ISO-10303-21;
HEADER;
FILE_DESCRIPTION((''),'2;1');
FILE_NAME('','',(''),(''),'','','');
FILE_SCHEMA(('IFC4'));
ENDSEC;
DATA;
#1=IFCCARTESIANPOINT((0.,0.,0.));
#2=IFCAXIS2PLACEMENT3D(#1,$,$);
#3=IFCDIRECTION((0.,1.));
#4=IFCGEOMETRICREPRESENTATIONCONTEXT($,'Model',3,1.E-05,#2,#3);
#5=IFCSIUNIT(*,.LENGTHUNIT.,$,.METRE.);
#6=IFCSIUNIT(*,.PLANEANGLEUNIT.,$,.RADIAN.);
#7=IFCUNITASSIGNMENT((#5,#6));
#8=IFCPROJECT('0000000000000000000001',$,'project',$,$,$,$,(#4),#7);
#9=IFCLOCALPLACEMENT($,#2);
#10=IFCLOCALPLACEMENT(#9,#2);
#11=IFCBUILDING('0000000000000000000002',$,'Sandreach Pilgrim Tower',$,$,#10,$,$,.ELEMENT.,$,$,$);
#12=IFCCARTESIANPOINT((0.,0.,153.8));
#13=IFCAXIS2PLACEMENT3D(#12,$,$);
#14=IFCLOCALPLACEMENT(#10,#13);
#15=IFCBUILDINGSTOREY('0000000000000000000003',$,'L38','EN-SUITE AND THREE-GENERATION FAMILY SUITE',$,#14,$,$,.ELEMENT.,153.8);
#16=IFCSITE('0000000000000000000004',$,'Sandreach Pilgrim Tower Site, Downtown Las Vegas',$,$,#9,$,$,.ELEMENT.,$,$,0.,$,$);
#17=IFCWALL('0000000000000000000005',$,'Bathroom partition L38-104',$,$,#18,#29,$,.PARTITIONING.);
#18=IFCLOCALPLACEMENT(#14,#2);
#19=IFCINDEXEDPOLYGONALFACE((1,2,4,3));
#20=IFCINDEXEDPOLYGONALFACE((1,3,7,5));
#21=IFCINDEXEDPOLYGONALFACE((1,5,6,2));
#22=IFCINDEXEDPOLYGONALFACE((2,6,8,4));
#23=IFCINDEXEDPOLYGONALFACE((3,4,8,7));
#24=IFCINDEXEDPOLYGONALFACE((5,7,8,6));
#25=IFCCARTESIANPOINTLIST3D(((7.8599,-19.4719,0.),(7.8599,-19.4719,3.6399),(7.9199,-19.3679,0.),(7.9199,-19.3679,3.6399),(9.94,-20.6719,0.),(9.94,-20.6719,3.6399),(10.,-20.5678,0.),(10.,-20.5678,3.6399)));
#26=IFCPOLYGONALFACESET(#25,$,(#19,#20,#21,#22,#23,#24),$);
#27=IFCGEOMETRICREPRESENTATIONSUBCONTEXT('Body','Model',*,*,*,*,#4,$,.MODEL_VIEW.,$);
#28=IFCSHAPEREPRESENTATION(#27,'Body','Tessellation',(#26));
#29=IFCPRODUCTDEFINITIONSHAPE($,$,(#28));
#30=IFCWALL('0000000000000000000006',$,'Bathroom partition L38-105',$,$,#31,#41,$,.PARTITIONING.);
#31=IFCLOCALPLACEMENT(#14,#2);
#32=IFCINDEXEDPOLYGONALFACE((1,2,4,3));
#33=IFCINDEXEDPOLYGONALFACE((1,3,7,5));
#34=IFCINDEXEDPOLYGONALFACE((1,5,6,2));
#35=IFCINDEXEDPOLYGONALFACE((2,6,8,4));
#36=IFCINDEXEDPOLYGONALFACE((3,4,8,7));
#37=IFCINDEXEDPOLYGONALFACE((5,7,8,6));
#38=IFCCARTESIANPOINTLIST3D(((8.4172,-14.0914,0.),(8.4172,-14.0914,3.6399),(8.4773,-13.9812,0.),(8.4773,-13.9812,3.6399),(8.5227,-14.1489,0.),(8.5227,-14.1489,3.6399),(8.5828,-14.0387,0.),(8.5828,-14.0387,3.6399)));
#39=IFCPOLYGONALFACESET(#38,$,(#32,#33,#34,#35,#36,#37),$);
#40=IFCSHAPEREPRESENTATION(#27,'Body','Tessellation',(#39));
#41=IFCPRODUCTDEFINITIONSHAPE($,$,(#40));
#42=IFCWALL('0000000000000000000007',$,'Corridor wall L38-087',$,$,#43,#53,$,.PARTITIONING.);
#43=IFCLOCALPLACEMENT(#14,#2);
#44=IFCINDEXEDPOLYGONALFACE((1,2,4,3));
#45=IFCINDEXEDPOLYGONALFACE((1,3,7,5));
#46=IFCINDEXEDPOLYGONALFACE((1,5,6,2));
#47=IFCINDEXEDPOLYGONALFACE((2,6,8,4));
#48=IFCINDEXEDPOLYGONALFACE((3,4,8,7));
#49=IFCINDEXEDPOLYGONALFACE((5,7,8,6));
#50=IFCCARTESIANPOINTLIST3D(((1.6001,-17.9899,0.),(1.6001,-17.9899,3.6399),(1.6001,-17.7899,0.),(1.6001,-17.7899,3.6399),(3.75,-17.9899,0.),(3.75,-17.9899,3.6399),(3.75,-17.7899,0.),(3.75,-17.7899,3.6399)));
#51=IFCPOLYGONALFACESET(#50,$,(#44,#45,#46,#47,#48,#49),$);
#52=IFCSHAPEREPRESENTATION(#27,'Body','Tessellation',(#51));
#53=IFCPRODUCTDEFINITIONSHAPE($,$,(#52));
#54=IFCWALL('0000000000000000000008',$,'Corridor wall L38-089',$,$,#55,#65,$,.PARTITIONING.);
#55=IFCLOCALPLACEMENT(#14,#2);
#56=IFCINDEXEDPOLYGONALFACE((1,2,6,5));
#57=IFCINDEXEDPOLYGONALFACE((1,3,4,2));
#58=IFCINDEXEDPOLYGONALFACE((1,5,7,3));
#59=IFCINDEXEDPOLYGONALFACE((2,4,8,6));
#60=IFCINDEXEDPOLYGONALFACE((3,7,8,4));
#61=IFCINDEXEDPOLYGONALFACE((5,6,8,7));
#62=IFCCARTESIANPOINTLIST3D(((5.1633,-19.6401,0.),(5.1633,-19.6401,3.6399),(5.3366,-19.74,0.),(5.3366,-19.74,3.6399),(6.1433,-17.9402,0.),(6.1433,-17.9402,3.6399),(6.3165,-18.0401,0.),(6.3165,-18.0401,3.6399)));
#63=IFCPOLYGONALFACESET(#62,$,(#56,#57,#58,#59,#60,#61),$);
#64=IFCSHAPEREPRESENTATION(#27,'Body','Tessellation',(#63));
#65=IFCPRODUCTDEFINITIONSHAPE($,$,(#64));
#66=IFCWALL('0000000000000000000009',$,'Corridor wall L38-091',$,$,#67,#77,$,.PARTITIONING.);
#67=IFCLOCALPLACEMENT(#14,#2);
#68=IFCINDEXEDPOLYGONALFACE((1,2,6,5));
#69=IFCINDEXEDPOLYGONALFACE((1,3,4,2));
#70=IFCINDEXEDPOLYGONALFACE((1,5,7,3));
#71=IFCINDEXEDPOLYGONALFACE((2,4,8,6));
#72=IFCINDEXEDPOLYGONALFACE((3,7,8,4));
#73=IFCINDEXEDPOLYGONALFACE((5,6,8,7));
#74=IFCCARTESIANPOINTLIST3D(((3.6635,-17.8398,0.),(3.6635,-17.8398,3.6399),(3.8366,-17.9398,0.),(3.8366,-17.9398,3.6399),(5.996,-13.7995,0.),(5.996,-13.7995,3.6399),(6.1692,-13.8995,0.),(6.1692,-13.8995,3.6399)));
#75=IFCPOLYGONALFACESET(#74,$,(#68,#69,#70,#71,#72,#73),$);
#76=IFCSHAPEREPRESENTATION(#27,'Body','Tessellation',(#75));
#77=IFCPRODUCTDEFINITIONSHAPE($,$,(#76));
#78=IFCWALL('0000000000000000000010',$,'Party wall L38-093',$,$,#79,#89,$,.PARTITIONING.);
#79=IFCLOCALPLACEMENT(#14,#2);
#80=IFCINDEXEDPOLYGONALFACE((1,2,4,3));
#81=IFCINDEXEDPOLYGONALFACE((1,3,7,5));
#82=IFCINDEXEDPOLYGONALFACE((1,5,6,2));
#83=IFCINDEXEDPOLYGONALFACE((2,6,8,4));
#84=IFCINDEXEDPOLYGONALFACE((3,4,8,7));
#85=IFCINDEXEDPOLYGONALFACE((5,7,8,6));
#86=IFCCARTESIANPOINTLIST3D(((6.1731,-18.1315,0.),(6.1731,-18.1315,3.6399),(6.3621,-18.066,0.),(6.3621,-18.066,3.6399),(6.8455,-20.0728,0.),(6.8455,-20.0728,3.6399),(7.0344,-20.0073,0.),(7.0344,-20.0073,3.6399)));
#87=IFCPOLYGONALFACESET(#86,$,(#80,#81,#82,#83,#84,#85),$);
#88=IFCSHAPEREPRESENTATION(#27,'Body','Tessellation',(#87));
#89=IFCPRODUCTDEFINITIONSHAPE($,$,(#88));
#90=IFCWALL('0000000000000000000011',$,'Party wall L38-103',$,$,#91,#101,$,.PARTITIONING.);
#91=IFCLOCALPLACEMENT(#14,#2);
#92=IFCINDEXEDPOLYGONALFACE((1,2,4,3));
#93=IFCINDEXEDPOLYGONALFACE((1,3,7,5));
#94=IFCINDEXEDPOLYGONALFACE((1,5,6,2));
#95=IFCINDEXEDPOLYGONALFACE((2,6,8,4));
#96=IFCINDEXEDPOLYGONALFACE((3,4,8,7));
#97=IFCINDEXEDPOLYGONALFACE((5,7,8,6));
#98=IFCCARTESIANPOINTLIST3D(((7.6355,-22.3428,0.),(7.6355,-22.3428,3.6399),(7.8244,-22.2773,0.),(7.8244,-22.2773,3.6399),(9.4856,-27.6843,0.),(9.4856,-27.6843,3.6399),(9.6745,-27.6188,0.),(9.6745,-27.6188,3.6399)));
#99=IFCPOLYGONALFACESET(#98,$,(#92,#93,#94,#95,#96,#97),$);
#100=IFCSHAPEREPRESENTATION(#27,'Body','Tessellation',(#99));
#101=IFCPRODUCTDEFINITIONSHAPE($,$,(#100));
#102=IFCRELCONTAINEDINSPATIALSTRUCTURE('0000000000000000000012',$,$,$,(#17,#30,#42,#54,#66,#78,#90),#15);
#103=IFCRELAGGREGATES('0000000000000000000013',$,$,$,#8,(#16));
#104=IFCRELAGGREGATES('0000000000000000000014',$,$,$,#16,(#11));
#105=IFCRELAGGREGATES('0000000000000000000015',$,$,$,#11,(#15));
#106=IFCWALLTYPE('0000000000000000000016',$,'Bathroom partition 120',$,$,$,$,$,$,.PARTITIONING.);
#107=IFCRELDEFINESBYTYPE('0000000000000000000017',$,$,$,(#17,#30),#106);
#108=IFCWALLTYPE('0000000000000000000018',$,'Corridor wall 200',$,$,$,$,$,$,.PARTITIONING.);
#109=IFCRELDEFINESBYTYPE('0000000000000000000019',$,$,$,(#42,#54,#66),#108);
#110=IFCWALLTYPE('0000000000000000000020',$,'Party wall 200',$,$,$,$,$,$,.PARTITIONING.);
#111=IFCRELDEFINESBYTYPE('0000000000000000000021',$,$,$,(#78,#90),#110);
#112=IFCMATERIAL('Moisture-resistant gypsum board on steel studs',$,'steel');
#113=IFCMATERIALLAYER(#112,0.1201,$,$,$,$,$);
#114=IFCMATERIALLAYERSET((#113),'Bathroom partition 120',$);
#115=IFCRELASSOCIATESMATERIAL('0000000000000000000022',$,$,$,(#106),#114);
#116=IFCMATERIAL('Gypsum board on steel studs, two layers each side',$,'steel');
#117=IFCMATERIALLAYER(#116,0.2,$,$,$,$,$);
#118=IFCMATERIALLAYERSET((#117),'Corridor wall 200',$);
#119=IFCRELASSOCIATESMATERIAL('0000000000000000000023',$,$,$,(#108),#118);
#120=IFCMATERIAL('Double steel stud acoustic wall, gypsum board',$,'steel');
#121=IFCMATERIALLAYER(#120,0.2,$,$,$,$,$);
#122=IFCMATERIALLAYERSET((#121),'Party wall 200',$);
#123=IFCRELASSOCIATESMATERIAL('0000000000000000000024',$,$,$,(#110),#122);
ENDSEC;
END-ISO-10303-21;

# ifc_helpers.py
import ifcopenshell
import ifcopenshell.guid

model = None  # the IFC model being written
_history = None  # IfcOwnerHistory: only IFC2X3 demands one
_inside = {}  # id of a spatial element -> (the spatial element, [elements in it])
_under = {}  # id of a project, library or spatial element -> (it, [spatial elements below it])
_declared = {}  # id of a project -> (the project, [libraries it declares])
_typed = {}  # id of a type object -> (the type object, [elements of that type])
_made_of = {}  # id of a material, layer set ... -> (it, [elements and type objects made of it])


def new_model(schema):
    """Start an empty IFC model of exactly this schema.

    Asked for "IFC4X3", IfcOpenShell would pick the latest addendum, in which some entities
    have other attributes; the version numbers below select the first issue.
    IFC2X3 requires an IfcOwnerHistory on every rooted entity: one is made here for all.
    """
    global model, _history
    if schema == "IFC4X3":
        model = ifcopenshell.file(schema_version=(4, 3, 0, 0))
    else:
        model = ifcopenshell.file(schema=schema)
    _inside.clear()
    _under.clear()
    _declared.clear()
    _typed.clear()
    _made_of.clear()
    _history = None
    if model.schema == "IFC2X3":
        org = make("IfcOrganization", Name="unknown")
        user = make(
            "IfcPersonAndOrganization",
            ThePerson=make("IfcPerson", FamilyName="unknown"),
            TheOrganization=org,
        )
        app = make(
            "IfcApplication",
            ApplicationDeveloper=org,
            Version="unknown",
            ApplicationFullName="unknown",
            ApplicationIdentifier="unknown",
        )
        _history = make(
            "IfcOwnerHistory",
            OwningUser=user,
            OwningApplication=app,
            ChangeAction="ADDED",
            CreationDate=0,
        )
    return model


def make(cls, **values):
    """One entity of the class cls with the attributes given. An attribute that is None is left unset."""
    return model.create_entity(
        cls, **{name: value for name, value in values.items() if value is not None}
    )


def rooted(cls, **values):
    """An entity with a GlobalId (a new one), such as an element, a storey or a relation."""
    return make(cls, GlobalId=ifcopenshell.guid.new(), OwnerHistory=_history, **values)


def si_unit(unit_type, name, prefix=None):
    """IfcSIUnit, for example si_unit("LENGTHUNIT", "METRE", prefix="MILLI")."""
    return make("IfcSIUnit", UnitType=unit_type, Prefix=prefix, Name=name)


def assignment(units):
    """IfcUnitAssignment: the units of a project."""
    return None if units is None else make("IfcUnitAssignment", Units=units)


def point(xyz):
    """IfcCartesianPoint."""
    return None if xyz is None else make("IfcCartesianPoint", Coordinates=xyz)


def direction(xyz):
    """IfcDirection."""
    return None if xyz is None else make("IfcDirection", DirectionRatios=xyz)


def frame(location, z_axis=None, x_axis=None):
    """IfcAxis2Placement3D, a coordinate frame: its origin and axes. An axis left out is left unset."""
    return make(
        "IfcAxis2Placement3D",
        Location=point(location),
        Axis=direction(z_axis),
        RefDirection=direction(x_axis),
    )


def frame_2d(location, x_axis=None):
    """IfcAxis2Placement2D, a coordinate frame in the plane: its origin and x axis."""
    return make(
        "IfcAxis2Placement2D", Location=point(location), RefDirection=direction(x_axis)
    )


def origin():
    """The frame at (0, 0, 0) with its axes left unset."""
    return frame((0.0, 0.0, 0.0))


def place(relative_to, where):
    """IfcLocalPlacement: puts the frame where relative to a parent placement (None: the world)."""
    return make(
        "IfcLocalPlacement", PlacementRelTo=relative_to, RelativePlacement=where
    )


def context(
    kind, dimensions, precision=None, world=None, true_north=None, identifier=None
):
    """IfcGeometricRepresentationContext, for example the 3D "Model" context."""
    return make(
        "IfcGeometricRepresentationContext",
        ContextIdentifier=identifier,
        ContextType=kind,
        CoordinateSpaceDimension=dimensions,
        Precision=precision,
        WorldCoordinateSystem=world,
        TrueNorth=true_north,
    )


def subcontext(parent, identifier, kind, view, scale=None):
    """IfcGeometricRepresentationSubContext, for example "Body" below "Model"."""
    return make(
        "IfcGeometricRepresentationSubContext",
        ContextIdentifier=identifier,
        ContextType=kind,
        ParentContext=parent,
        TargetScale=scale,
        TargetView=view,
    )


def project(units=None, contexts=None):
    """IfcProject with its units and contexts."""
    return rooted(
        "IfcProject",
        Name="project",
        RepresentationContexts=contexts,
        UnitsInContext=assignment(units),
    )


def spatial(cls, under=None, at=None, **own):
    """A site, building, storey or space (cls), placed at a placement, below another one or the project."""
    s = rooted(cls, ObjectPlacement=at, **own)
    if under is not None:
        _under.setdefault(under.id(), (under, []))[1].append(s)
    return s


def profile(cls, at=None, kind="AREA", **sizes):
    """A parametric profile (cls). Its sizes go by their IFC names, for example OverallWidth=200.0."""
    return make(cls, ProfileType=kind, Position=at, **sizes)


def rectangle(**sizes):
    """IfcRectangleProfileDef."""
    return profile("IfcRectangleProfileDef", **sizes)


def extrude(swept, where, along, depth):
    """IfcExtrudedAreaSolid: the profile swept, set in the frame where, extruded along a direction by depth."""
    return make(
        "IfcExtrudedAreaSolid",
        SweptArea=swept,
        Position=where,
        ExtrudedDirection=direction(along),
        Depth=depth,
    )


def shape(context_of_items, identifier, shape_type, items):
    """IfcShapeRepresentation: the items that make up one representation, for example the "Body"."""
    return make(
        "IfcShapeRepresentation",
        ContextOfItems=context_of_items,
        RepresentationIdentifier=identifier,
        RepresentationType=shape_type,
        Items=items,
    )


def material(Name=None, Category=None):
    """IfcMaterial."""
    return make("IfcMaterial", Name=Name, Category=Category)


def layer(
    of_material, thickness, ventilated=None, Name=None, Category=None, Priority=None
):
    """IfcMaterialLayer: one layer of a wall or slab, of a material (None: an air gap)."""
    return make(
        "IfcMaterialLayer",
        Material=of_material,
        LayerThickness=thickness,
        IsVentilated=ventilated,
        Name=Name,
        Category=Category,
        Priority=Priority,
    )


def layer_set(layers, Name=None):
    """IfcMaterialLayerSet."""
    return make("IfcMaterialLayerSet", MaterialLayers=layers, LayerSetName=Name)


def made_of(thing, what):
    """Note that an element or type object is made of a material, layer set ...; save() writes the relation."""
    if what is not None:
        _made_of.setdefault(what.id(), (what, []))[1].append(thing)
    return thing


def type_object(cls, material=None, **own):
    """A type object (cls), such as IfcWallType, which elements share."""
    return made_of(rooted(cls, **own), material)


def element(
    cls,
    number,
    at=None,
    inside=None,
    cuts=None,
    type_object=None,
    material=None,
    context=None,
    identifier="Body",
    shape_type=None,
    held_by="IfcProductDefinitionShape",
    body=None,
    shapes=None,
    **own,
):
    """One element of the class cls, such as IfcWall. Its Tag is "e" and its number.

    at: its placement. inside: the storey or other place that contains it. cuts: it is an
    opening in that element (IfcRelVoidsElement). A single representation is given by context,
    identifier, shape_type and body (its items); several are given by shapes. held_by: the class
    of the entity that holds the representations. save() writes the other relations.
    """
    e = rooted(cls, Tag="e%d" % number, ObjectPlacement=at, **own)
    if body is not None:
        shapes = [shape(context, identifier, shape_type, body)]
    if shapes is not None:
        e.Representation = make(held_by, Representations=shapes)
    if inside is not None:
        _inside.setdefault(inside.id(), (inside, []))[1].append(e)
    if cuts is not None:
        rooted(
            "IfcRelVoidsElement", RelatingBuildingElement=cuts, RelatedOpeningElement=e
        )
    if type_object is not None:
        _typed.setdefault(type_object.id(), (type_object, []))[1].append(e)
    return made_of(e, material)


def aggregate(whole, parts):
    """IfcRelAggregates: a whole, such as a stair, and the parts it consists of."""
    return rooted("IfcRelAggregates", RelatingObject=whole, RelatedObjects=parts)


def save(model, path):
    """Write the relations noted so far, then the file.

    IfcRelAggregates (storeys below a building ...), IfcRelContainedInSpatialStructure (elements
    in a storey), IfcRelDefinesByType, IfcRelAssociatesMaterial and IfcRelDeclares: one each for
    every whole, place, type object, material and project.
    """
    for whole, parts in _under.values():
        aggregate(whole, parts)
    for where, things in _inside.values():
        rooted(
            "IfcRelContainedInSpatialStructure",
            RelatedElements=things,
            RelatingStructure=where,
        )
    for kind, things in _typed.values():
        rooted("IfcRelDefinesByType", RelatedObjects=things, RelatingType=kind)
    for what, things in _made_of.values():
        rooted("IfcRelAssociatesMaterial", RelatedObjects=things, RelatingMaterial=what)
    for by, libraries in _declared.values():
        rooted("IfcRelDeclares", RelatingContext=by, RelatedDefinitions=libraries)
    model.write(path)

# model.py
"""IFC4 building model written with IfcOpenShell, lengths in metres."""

from ifc_helpers import new_model, si_unit, direction, frame, frame_2d, origin, place, context, subcontext, project, spatial, rectangle, extrude, material, layer, layer_set, type_object, element, save


model = new_model("IFC4")

# Units and contexts
model_context = context("Model", 3, precision=1e-05, world=origin(), true_north=direction((0.0, 1.0)))
body_context = subcontext(model_context, "Body", "Model", "MODEL_VIEW")
ifc_project = project(units=[si_unit("LENGTHUNIT", "METRE"), si_unit("PLANEANGLEUNIT", "RADIAN")], contexts=[model_context])

# Site, building, storey
site_placement = place(None, origin())
site = spatial("IfcSite", under=ifc_project, at=site_placement, Name="Sandreach Pilgrim Tower Site, Downtown Las Vegas", CompositionType="ELEMENT", RefElevation=0.0)
building_placement = place(site_placement, origin())
building = spatial("IfcBuilding", under=site, at=building_placement, Name="Sandreach Pilgrim Tower", CompositionType="ELEMENT")
storey_placement = place(building_placement, frame((0.0, 0.0, 153.8)))
storey = spatial("IfcBuildingStorey", under=building, at=storey_placement, Name="L38", Description="EN-SUITE AND THREE-GENERATION FAMILY SUITE", CompositionType="ELEMENT", Elevation=153.8)

# Shared definitions
ifc_material_1 = material(Name="Moisture-resistant gypsum board on steel studs", Category="steel")
ifc_layer_1 = layer(ifc_material_1, 0.1201)
ifc_layer_set_1 = layer_set([ifc_layer_1], Name="Bathroom partition 120")
wall_type_1 = type_object("IfcWallType", Name="Bathroom partition 120", PredefinedType="PARTITIONING", material=ifc_layer_set_1)

# Walls
wall_1_placement = place(storey_placement, frame((7.8899, -19.4199, 0.0), z_axis=(0.0, 0.0, 1.0), x_axis=(0.866203, -0.499693, 0.0)))
element("IfcWall", 1, at=wall_1_placement, inside=storey, type_object=wall_type_1, Name="Bathroom partition L38-104", PredefinedType="PARTITIONING", context=body_context, shape_type="SweptSolid", body=[
    extrude(rectangle(XDim=2.4014, YDim=0.1201, at=frame_2d((1.2007, 0.0))), origin(), (0.0, 0.0, 1.0), 3.6399),
])
wall_2_placement = place(storey_placement, frame((8.47, -14.1201, 0.0), z_axis=(0.0, 0.0, 1.0), x_axis=(0.478852, 0.877896, 0.0)))
element("IfcWall", 2, at=wall_2_placement, inside=storey, type_object=wall_type_1, Name="Bathroom partition L38-105", PredefinedType="PARTITIONING", context=body_context, shape_type="SweptSolid", body=[
    extrude(rectangle(XDim=0.1255, YDim=0.1201, at=frame_2d((0.0627, 0.0))), origin(), (0.0, 0.0, 1.0), 3.6399),
])

# Shared definitions
ifc_material_2 = material(Name="Gypsum board on steel studs, two layers each side", Category="steel")
ifc_layer_2 = layer(ifc_material_2, 0.2)
ifc_layer_set_2 = layer_set([ifc_layer_2], Name="Corridor wall 200")
wall_type_2 = type_object("IfcWallType", Name="Corridor wall 200", PredefinedType="PARTITIONING", material=ifc_layer_set_2)

# Walls
wall_3_placement = place(storey_placement, frame((3.75, -17.8899, 0.0), z_axis=(0.0, 0.0, 1.0), x_axis=(-1.0, 0.0, 0.0)))
element("IfcWall", 3, at=wall_3_placement, inside=storey, type_object=wall_type_2, Name="Corridor wall L38-087", PredefinedType="PARTITIONING", context=body_context, shape_type="SweptSolid", body=[
    extrude(rectangle(XDim=2.1499, YDim=0.2, at=frame_2d((1.075, 0.0))), origin(), (0.0, 0.0, 1.0), 3.6399),
])
wall_4_placement = place(storey_placement, frame((5.25, -19.6899, 0.0), z_axis=(0.0, 0.0, 1.0), x_axis=(0.499432, 0.866353, 0.0)))
element("IfcWall", 4, at=wall_4_placement, inside=storey, type_object=wall_type_2, Name="Corridor wall L38-089", PredefinedType="PARTITIONING", context=body_context, shape_type="SweptSolid", body=[
    extrude(rectangle(XDim=1.9622, YDim=0.2, at=frame_2d((0.981, 0.0))), origin(), (0.0, 0.0, 1.0), 3.6399),
])
wall_5_placement = place(storey_placement, frame((6.0825, -13.8496, 0.0), z_axis=(0.0, 0.0, 1.0), x_axis=(-0.499978, -0.866038, 0.0)))
element("IfcWall", 5, at=wall_5_placement, inside=storey, type_object=wall_type_2, Name="Corridor wall L38-091", PredefinedType="PARTITIONING", context=body_context, shape_type="SweptSolid", body=[
    extrude(rectangle(XDim=4.6653, YDim=0.2, at=frame_2d((2.3325, 0.0))), origin(), (0.0, 0.0, 1.0), 3.6399),
])

# Walls
ifc_material_3 = material(Name="Double steel stud acoustic wall, gypsum board", Category="steel")
ifc_layer_3 = layer(ifc_material_3, 0.2)
ifc_layer_set_3 = layer_set([ifc_layer_3], Name="Party wall 200")
wall_type_3 = type_object("IfcWallType", Name="Party wall 200", PredefinedType="PARTITIONING", material=ifc_layer_set_3)
wall_6_placement = place(storey_placement, frame((6.2676, -18.0986, 0.0), z_axis=(0.0, 0.0, 1.0), x_axis=(0.327257, -0.944935, 0.0)))
element("IfcWall", 6, at=wall_6_placement, inside=storey, type_object=wall_type_3, Name="Party wall L38-093", PredefinedType="PARTITIONING", context=body_context, shape_type="SweptSolid", body=[
    extrude(rectangle(XDim=2.0544, YDim=0.2, at=frame_2d((1.0273, 0.0))), origin(), (0.0, 0.0, 1.0), 3.6399),
])
wall_7_placement = place(storey_placement, frame((7.73, -22.3101, 0.0), z_axis=(0.0, 0.0, 1.0), x_axis=(0.327284, -0.944926, 0.0)))
element("IfcWall", 7, at=wall_7_placement, inside=storey, type_object=wall_type_3, Name="Party wall L38-103", PredefinedType="PARTITIONING", context=body_context, shape_type="SweptSolid", body=[
    extrude(rectangle(XDim=5.6528, YDim=0.2, at=frame_2d((2.8264, 0.0))), origin(), (0.0, 0.0, 1.0), 3.6399),
])

save(model, "model.ifc")
